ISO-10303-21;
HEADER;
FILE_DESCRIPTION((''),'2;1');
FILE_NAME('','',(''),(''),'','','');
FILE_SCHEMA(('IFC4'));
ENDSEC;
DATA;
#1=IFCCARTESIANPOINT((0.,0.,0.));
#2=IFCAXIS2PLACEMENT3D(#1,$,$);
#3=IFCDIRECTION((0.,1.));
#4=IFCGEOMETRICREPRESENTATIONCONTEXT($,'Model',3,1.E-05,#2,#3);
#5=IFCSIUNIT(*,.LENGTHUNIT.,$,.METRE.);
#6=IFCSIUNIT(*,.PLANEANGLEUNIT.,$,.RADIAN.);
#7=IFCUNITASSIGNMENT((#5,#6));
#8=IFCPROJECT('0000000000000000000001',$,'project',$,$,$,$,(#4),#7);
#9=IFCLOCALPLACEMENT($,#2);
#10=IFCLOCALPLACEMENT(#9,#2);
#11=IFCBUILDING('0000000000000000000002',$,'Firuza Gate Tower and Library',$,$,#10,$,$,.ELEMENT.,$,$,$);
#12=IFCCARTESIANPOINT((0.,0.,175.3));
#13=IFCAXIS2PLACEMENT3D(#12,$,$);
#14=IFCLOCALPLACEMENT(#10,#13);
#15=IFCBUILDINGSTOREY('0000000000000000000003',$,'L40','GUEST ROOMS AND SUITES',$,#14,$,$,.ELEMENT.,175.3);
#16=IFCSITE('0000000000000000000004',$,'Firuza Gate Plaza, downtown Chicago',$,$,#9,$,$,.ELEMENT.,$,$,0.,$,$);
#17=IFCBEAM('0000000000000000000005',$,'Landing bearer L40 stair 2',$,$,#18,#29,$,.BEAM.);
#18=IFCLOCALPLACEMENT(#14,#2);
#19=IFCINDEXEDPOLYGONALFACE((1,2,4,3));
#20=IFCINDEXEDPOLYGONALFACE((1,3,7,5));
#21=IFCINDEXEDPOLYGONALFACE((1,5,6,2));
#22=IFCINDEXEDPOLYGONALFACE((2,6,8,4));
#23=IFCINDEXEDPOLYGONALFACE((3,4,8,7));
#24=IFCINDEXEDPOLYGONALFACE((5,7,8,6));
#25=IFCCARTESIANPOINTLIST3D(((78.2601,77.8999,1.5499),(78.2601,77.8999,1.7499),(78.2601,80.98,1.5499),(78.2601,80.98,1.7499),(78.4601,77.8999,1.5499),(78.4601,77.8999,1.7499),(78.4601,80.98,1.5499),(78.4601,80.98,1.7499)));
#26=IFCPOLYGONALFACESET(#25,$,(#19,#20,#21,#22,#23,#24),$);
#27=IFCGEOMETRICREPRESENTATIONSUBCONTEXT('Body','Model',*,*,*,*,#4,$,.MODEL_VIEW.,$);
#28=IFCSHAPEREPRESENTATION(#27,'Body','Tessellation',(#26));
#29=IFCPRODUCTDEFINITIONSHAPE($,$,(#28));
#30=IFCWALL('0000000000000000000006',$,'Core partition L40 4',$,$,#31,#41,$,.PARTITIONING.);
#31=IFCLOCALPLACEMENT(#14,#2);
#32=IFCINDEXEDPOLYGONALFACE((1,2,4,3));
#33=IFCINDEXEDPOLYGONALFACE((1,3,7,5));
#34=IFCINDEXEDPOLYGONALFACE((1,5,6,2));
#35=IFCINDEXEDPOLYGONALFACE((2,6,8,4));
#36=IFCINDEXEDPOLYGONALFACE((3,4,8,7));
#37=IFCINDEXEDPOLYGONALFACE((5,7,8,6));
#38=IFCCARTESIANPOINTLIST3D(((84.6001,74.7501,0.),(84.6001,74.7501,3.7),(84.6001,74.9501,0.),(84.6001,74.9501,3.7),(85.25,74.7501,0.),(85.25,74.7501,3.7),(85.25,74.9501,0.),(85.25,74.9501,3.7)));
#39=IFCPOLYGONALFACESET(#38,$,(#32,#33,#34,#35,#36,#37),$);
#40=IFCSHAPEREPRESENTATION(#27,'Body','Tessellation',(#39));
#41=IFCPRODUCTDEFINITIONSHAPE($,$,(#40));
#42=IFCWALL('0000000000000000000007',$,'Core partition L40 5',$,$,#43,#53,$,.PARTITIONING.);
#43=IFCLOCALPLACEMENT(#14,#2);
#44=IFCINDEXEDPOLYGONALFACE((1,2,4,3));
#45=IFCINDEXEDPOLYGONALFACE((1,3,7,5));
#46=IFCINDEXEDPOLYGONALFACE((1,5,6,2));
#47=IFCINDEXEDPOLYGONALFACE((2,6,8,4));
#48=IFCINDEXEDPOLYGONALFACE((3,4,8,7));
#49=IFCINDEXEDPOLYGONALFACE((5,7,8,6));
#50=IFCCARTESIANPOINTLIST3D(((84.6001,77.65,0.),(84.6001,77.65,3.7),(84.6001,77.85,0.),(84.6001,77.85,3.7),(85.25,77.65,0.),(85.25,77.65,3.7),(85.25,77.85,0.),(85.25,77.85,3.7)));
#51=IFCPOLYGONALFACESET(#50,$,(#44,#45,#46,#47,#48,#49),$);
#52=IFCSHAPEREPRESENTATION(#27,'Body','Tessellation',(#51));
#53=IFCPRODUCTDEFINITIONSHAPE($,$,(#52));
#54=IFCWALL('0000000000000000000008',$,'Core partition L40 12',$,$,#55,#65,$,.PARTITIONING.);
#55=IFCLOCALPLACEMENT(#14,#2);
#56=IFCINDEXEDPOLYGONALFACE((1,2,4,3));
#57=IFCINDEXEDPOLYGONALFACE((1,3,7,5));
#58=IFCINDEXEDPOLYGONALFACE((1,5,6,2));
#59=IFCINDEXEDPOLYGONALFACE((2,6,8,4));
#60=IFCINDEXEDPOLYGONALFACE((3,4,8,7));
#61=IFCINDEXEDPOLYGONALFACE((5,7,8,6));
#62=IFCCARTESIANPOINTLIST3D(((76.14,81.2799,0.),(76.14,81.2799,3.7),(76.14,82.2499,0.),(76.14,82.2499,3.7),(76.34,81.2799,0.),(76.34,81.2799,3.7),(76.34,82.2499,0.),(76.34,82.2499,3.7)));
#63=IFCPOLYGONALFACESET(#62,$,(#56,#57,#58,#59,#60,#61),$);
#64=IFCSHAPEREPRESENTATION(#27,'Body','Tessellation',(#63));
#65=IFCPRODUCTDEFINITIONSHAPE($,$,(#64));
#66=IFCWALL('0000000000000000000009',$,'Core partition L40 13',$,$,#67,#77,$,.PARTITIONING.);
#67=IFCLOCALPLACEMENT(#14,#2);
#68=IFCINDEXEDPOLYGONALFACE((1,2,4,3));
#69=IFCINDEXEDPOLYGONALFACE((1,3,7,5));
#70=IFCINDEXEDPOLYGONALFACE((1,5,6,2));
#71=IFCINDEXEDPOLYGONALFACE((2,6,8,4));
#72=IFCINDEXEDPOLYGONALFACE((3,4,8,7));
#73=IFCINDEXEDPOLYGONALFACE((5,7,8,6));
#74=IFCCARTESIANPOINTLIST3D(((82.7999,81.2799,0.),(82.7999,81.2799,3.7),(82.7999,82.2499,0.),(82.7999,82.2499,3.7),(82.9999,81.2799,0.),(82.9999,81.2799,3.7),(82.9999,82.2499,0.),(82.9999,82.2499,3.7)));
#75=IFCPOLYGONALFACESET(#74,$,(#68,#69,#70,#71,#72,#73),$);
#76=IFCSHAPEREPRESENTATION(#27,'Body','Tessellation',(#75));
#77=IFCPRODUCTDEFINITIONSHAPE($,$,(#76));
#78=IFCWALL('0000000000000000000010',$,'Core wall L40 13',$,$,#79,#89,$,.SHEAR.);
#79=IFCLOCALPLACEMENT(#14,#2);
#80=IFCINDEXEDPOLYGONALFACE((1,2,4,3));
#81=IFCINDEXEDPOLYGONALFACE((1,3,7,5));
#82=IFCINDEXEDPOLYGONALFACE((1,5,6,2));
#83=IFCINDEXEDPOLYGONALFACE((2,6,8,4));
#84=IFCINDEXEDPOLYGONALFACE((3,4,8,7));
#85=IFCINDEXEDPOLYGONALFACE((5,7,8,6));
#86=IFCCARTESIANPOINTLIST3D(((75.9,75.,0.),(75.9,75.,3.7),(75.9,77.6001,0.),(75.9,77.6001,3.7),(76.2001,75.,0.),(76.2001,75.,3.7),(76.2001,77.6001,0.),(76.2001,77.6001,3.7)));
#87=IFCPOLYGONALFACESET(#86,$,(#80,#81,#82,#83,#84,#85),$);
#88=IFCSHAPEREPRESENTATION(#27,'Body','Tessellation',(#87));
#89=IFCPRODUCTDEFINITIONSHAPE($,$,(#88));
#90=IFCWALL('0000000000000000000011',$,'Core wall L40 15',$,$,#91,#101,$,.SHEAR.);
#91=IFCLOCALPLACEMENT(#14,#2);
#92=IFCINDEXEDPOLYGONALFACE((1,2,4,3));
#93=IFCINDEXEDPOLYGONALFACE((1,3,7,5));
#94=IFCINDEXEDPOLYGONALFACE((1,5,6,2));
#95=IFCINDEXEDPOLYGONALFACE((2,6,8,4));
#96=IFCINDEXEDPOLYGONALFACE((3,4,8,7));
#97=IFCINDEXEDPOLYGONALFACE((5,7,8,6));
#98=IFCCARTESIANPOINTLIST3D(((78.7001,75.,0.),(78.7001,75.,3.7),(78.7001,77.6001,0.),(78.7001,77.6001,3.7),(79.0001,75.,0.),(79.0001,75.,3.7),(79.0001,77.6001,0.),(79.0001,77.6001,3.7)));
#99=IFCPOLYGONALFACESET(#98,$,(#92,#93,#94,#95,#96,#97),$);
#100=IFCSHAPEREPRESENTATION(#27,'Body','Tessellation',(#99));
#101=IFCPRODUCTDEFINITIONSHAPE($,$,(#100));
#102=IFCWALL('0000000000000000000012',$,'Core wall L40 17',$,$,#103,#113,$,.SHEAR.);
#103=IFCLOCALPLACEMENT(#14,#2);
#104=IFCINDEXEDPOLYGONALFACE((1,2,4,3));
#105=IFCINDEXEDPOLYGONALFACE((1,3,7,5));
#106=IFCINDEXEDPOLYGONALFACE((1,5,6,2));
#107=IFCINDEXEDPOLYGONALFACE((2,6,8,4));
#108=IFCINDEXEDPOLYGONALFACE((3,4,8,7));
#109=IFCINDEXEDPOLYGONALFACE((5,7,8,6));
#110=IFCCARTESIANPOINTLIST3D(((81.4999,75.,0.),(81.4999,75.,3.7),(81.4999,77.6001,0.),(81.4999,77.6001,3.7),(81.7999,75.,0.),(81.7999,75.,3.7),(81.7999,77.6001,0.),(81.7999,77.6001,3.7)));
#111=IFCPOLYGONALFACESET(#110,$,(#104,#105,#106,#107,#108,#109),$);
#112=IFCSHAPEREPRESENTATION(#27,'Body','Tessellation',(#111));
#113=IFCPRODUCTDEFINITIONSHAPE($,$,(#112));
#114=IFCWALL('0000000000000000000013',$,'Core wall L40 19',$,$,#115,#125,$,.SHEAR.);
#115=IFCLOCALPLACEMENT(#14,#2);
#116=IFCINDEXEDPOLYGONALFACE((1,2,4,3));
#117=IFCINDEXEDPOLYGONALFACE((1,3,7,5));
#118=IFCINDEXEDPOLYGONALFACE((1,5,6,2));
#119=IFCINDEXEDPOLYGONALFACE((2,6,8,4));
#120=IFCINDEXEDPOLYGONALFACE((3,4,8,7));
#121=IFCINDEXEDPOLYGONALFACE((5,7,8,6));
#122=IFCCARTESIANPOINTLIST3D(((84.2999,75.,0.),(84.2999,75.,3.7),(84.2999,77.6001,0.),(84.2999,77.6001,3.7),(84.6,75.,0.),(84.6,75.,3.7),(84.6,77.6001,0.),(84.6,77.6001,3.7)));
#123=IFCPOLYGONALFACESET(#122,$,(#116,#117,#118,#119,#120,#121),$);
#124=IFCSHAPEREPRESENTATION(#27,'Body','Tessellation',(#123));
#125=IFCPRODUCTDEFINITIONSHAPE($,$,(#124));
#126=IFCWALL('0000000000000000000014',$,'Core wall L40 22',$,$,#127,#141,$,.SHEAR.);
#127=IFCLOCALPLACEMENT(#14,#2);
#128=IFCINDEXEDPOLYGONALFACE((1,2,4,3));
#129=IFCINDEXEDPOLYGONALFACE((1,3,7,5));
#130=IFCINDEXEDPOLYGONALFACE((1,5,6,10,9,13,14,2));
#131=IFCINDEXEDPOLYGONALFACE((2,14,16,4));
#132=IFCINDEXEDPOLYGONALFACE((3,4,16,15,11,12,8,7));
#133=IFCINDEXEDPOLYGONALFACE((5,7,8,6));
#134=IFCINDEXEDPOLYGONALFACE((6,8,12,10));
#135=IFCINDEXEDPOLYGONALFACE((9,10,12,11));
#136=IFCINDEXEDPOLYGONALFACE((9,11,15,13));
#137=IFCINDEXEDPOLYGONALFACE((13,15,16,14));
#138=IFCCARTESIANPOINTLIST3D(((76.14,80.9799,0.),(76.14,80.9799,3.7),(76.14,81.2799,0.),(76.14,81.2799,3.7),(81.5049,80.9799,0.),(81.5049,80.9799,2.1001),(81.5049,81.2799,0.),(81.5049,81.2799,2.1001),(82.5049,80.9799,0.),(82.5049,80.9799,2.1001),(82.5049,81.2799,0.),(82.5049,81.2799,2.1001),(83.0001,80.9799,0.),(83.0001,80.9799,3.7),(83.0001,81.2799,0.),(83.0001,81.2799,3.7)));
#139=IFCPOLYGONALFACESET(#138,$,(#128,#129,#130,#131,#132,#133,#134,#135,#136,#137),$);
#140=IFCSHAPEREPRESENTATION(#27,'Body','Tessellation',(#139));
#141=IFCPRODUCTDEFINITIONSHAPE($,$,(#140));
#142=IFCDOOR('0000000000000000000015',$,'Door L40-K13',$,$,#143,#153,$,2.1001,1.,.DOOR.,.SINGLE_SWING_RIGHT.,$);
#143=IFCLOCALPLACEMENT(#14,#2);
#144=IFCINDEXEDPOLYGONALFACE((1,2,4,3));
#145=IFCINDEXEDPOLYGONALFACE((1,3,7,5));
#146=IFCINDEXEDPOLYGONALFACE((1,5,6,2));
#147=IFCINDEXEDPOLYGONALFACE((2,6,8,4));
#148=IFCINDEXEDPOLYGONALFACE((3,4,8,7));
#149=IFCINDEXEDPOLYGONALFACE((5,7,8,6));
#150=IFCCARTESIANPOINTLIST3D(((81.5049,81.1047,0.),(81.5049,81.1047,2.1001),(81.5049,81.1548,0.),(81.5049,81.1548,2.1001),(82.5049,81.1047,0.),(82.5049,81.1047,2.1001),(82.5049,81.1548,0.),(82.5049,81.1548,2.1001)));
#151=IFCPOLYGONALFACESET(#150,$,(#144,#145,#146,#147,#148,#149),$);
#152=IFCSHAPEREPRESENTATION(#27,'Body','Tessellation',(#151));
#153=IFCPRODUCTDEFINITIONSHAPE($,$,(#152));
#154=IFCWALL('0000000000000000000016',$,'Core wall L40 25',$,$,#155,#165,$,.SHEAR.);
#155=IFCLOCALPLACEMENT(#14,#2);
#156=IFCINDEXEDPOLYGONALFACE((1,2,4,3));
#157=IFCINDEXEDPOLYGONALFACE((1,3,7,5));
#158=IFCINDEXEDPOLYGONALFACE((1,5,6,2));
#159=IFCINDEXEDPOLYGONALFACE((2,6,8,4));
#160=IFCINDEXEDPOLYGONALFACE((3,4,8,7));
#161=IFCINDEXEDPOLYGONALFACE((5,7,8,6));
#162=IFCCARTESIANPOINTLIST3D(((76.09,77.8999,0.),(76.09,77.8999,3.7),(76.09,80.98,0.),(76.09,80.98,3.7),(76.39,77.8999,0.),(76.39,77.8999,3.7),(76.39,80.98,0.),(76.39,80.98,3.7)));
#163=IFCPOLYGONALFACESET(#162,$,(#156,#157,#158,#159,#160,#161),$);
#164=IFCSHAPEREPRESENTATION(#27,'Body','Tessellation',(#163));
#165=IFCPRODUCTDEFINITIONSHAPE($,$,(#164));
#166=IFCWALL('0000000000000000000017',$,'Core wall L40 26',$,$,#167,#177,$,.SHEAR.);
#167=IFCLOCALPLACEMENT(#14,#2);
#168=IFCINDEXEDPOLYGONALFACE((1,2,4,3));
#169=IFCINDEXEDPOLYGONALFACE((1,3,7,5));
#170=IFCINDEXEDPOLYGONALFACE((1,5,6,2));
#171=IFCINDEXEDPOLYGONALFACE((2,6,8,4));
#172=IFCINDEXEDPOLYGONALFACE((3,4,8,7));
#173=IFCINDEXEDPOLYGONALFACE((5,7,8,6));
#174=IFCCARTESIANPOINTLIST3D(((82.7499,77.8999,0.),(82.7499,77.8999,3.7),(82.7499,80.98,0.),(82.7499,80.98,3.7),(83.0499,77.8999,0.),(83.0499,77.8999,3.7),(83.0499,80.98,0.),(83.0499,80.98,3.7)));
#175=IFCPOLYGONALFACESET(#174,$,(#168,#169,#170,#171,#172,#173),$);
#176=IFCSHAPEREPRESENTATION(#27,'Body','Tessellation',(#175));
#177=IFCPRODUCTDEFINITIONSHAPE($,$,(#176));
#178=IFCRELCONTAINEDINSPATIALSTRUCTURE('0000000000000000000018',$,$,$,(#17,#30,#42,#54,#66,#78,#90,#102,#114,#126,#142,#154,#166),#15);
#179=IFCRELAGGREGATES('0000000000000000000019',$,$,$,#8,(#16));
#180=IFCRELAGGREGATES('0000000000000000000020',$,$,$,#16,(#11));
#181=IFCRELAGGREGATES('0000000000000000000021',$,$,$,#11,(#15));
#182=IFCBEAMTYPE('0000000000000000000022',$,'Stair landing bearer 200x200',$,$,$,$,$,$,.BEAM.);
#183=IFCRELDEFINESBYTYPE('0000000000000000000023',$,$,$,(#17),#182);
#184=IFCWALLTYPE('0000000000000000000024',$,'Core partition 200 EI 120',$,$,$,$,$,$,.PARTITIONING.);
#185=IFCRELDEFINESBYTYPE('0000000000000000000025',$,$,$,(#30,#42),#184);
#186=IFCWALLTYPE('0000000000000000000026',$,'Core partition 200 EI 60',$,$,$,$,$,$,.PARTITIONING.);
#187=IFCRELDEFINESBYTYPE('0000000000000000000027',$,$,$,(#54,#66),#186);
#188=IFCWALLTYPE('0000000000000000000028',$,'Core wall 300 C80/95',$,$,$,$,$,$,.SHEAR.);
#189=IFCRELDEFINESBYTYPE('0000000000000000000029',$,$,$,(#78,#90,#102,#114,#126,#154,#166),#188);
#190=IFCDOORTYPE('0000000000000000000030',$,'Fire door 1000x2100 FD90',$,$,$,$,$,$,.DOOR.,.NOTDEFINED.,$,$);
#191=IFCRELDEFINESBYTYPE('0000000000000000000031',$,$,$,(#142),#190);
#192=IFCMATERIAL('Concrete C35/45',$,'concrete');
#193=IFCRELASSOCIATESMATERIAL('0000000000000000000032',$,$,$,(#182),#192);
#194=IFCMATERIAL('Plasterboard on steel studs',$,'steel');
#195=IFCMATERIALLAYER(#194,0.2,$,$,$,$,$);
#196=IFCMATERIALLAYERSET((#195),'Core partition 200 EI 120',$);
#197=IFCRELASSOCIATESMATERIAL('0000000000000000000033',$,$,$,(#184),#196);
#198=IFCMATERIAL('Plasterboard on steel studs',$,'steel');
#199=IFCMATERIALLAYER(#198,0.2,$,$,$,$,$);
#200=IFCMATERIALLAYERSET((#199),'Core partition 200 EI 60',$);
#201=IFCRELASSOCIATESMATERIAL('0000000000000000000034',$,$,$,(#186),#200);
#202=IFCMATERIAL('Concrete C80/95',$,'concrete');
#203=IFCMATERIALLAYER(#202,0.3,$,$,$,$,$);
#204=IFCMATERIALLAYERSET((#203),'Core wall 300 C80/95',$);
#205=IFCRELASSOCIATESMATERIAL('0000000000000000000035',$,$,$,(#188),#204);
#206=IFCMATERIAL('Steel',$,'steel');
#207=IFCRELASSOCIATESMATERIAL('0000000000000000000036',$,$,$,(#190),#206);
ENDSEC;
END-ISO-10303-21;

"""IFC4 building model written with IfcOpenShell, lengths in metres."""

from ifc_helpers import new_model, si_unit, direction, frame, frame_2d, origin, origin_2d, place, context, subcontext, project, spatial, rectangle, extrude, material, layer, layer_set, material_profile, profile_set, type_object, element, fill, save


model = new_model("IFC4")

# Units and contexts
model_context = context("Model", 3, precision=1e-05, world=origin(), true_north=direction((0.0, 1.0)))
body_context = subcontext(model_context, "Body", "Model", "MODEL_VIEW")
ifc_project = project(units=[si_unit("LENGTHUNIT", "METRE"), si_unit("PLANEANGLEUNIT", "RADIAN")], contexts=[model_context])

# Site, building, storey
site_placement = place(None, origin())
site = spatial("IfcSite", under=ifc_project, at=site_placement, Name="Firuza Gate Plaza, downtown Chicago", CompositionType="ELEMENT", RefElevation=0.0)
building_placement = place(site_placement, origin())
building = spatial("IfcBuilding", under=site, at=building_placement, Name="Firuza Gate Tower and Library", CompositionType="ELEMENT")
storey_placement = place(building_placement, frame((0.0, 0.0, 175.3)))
storey = spatial("IfcBuildingStorey", under=building, at=storey_placement, Name="L40", Description="GUEST ROOMS AND SUITES", CompositionType="ELEMENT", Elevation=175.3)

# Beam
ifc_material_1 = material(Name="Concrete C35/45", Category="concrete")
ifc_material_profile = material_profile(ifc_material_1, rectangle(XDim=0.2, YDim=0.2, at=origin_2d()))
ifc_profile_set = profile_set([ifc_material_profile], Name="Concrete C35/45")
beam_type = type_object("IfcBeamType", Name="Stair landing bearer 200x200", PredefinedType="BEAM", material=ifc_profile_set)
beam_placement = place(storey_placement, frame((78.3601, 80.98, 1.6499), z_axis=(0.0, -1.0, 0.0), x_axis=(1.0, 0.0, 0.0)))
element("IfcBeam", 1, at=beam_placement, inside=storey, type_object=beam_type, Name="Landing bearer L40 stair 2", PredefinedType="BEAM", context=body_context, shape_type="SweptSolid", body=[
    extrude(rectangle(XDim=0.2, YDim=0.2, at=origin_2d()), origin(), (0.0, 0.0, 1.0), 3.0801),
])

# Walls
ifc_material_2 = material(Name="Plasterboard on steel studs", Category="steel")
ifc_layer_1 = layer(ifc_material_2, 0.2)
ifc_layer_set_1 = layer_set([ifc_layer_1], Name="Core partition 200 EI 120")
wall_type_1 = type_object("IfcWallType", Name="Core partition 200 EI 120", PredefinedType="PARTITIONING", material=ifc_layer_set_1)
for number, where, z_axis, x_axis, name in (
    (2, (84.6001, 74.8501, 0.0), (0.0, 0.0, 1.0), (1.0, 0.0, 0.0), "Core partition L40 4"),
    (3, (84.6001, 77.75, 0.0), (0.0, 0.0, 1.0), (1.0, 0.0, 0.0), "Core partition L40 5"),
):
    element("IfcWall", number, at=place(storey_placement, frame(where, z_axis=z_axis, x_axis=x_axis)), inside=storey, type_object=wall_type_1, Name=name, PredefinedType="PARTITIONING", context=body_context, shape_type="SweptSolid", body=[
        extrude(rectangle(XDim=0.6499, YDim=0.2, at=frame_2d((0.325, 0.0))), origin(), (0.0, 0.0, 1.0), 3.7),
    ])
ifc_material_3 = material(Name="Plasterboard on steel studs", Category="steel")
ifc_layer_2 = layer(ifc_material_3, 0.2)
ifc_layer_set_2 = layer_set([ifc_layer_2], Name="Core partition 200 EI 60")
wall_type_2 = type_object("IfcWallType", Name="Core partition 200 EI 60", PredefinedType="PARTITIONING", material=ifc_layer_set_2)
for number, where, z_axis, x_axis, name in (
    (4, (76.24, 81.28, 0.0), (0.0, 0.0, 1.0), (0.0, 1.0, 0.0), "Core partition L40 12"),
    (5, (82.8999, 81.28, 0.0), (0.0, 0.0, 1.0), (0.0, 1.0, 0.0), "Core partition L40 13"),
):
    element("IfcWall", number, at=place(storey_placement, frame(where, z_axis=z_axis, x_axis=x_axis)), inside=storey, type_object=wall_type_2, Name=name, PredefinedType="PARTITIONING", context=body_context, shape_type="SweptSolid", body=[
        extrude(rectangle(XDim=0.97, YDim=0.2, at=frame_2d((0.4849, 0.0))), origin(), (0.0, 0.0, 1.0), 3.7),
    ])
ifc_material_4 = material(Name="Concrete C80/95", Category="concrete")
ifc_layer_3 = layer(ifc_material_4, 0.3)
ifc_layer_set_3 = layer_set([ifc_layer_3], Name="Core wall 300 C80/95")
wall_type_3 = type_object("IfcWallType", Name="Core wall 300 C80/95", PredefinedType="SHEAR", material=ifc_layer_set_3)
for number, where, z_axis, x_axis, name in (
    (6, (76.05, 75.0, 0.0), (0.0, 0.0, 1.0), (0.0, 1.0, 0.0), "Core wall L40 13"),
    (7, (78.8501, 75.0, 0.0), (0.0, 0.0, 1.0), (0.0, 1.0, 0.0), "Core wall L40 15"),
    (8, (81.6499, 75.0, 0.0), (0.0, 0.0, 1.0), (0.0, 1.0, 0.0), "Core wall L40 17"),
    (9, (84.45, 75.0, 0.0), (0.0, 0.0, 1.0), (0.0, 1.0, 0.0), "Core wall L40 19"),
):
    element("IfcWall", number, at=place(storey_placement, frame(where, z_axis=z_axis, x_axis=x_axis)), inside=storey, type_object=wall_type_3, Name=name, PredefinedType="SHEAR", context=body_context, shape_type="SweptSolid", body=[
        extrude(rectangle(XDim=2.6001, YDim=0.3, at=frame_2d((1.3, 0.0))), origin(), (0.0, 0.0, 1.0), 3.7),
    ])

# Wall, opening, door
wall_1_placement = place(storey_placement, frame((76.1399, 81.1299, 0.0), z_axis=(0.0, 0.0, 1.0), x_axis=(1.0, 0.0, 0.0)))
wall_1 = element("IfcWall", 10, at=wall_1_placement, inside=storey, type_object=wall_type_3, Name="Core wall L40 22", PredefinedType="SHEAR", context=body_context, shape_type="SweptSolid", body=[
    extrude(rectangle(XDim=6.8601, YDim=0.3, at=frame_2d((3.4302, 0.0))), origin(), (0.0, 0.0, 1.0), 3.7),
])
opening_1_placement = place(wall_1_placement, frame((5.365, 0.0, 0.0)))
opening_1 = element("IfcOpeningElement", 11, at=opening_1_placement, cuts=wall_1, PredefinedType="OPENING", context=body_context, shape_type="SweptSolid", body=[
    extrude(rectangle(XDim=1.0, YDim=2.1001, at=frame_2d((0.5, 1.05))), frame((0.0, 0.1602, 0.0), z_axis=(0.0, -1.0, 0.0), x_axis=(1.0, 0.0, 0.0)), (0.0, 0.0, 1.0), 0.3201),
])
ifc_material_5 = material(Name="Steel", Category="steel")
door_type_1 = type_object("IfcDoorType", Name="Fire door 1000x2100 FD90", OperationType="NOTDEFINED", PredefinedType="DOOR", material=ifc_material_5)
door_1_placement = place(opening_1_placement, origin())
door_1 = element("IfcDoor", 12, at=door_1_placement, inside=storey, type_object=door_type_1, Name="Door L40-K13", OperationType="SINGLE_SWING_RIGHT", OverallHeight=2.1001, OverallWidth=1.0, PredefinedType="DOOR", context=body_context, shape_type="SweptSolid", body=[
    extrude(rectangle(XDim=1.0, YDim=2.1001, at=frame_2d((0.5, 1.05))), frame((0.0, 0.0249, 0.0), z_axis=(0.0, -1.0, 0.0), x_axis=(1.0, 0.0, 0.0)), (0.0, 0.0, 1.0), 0.05),
])
fill(opening_1, door_1)

# Walls
for number, where, z_axis, x_axis, name in (
    (13, (76.24, 77.8999, 0.0), (0.0, 0.0, 1.0), (0.0, 1.0, 0.0), "Core wall L40 25"),
    (14, (82.8999, 77.8999, 0.0), (0.0, 0.0, 1.0), (0.0, 1.0, 0.0), "Core wall L40 26"),
):
    element("IfcWall", number, at=place(storey_placement, frame(where, z_axis=z_axis, x_axis=x_axis)), inside=storey, type_object=wall_type_3, Name=name, PredefinedType="SHEAR", context=body_context, shape_type="SweptSolid", body=[
        extrude(rectangle(XDim=3.0801, YDim=0.3, at=frame_2d((1.54, 0.0))), origin(), (0.0, 0.0, 1.0), 3.7),
    ])

save(model, "model.ifc")
